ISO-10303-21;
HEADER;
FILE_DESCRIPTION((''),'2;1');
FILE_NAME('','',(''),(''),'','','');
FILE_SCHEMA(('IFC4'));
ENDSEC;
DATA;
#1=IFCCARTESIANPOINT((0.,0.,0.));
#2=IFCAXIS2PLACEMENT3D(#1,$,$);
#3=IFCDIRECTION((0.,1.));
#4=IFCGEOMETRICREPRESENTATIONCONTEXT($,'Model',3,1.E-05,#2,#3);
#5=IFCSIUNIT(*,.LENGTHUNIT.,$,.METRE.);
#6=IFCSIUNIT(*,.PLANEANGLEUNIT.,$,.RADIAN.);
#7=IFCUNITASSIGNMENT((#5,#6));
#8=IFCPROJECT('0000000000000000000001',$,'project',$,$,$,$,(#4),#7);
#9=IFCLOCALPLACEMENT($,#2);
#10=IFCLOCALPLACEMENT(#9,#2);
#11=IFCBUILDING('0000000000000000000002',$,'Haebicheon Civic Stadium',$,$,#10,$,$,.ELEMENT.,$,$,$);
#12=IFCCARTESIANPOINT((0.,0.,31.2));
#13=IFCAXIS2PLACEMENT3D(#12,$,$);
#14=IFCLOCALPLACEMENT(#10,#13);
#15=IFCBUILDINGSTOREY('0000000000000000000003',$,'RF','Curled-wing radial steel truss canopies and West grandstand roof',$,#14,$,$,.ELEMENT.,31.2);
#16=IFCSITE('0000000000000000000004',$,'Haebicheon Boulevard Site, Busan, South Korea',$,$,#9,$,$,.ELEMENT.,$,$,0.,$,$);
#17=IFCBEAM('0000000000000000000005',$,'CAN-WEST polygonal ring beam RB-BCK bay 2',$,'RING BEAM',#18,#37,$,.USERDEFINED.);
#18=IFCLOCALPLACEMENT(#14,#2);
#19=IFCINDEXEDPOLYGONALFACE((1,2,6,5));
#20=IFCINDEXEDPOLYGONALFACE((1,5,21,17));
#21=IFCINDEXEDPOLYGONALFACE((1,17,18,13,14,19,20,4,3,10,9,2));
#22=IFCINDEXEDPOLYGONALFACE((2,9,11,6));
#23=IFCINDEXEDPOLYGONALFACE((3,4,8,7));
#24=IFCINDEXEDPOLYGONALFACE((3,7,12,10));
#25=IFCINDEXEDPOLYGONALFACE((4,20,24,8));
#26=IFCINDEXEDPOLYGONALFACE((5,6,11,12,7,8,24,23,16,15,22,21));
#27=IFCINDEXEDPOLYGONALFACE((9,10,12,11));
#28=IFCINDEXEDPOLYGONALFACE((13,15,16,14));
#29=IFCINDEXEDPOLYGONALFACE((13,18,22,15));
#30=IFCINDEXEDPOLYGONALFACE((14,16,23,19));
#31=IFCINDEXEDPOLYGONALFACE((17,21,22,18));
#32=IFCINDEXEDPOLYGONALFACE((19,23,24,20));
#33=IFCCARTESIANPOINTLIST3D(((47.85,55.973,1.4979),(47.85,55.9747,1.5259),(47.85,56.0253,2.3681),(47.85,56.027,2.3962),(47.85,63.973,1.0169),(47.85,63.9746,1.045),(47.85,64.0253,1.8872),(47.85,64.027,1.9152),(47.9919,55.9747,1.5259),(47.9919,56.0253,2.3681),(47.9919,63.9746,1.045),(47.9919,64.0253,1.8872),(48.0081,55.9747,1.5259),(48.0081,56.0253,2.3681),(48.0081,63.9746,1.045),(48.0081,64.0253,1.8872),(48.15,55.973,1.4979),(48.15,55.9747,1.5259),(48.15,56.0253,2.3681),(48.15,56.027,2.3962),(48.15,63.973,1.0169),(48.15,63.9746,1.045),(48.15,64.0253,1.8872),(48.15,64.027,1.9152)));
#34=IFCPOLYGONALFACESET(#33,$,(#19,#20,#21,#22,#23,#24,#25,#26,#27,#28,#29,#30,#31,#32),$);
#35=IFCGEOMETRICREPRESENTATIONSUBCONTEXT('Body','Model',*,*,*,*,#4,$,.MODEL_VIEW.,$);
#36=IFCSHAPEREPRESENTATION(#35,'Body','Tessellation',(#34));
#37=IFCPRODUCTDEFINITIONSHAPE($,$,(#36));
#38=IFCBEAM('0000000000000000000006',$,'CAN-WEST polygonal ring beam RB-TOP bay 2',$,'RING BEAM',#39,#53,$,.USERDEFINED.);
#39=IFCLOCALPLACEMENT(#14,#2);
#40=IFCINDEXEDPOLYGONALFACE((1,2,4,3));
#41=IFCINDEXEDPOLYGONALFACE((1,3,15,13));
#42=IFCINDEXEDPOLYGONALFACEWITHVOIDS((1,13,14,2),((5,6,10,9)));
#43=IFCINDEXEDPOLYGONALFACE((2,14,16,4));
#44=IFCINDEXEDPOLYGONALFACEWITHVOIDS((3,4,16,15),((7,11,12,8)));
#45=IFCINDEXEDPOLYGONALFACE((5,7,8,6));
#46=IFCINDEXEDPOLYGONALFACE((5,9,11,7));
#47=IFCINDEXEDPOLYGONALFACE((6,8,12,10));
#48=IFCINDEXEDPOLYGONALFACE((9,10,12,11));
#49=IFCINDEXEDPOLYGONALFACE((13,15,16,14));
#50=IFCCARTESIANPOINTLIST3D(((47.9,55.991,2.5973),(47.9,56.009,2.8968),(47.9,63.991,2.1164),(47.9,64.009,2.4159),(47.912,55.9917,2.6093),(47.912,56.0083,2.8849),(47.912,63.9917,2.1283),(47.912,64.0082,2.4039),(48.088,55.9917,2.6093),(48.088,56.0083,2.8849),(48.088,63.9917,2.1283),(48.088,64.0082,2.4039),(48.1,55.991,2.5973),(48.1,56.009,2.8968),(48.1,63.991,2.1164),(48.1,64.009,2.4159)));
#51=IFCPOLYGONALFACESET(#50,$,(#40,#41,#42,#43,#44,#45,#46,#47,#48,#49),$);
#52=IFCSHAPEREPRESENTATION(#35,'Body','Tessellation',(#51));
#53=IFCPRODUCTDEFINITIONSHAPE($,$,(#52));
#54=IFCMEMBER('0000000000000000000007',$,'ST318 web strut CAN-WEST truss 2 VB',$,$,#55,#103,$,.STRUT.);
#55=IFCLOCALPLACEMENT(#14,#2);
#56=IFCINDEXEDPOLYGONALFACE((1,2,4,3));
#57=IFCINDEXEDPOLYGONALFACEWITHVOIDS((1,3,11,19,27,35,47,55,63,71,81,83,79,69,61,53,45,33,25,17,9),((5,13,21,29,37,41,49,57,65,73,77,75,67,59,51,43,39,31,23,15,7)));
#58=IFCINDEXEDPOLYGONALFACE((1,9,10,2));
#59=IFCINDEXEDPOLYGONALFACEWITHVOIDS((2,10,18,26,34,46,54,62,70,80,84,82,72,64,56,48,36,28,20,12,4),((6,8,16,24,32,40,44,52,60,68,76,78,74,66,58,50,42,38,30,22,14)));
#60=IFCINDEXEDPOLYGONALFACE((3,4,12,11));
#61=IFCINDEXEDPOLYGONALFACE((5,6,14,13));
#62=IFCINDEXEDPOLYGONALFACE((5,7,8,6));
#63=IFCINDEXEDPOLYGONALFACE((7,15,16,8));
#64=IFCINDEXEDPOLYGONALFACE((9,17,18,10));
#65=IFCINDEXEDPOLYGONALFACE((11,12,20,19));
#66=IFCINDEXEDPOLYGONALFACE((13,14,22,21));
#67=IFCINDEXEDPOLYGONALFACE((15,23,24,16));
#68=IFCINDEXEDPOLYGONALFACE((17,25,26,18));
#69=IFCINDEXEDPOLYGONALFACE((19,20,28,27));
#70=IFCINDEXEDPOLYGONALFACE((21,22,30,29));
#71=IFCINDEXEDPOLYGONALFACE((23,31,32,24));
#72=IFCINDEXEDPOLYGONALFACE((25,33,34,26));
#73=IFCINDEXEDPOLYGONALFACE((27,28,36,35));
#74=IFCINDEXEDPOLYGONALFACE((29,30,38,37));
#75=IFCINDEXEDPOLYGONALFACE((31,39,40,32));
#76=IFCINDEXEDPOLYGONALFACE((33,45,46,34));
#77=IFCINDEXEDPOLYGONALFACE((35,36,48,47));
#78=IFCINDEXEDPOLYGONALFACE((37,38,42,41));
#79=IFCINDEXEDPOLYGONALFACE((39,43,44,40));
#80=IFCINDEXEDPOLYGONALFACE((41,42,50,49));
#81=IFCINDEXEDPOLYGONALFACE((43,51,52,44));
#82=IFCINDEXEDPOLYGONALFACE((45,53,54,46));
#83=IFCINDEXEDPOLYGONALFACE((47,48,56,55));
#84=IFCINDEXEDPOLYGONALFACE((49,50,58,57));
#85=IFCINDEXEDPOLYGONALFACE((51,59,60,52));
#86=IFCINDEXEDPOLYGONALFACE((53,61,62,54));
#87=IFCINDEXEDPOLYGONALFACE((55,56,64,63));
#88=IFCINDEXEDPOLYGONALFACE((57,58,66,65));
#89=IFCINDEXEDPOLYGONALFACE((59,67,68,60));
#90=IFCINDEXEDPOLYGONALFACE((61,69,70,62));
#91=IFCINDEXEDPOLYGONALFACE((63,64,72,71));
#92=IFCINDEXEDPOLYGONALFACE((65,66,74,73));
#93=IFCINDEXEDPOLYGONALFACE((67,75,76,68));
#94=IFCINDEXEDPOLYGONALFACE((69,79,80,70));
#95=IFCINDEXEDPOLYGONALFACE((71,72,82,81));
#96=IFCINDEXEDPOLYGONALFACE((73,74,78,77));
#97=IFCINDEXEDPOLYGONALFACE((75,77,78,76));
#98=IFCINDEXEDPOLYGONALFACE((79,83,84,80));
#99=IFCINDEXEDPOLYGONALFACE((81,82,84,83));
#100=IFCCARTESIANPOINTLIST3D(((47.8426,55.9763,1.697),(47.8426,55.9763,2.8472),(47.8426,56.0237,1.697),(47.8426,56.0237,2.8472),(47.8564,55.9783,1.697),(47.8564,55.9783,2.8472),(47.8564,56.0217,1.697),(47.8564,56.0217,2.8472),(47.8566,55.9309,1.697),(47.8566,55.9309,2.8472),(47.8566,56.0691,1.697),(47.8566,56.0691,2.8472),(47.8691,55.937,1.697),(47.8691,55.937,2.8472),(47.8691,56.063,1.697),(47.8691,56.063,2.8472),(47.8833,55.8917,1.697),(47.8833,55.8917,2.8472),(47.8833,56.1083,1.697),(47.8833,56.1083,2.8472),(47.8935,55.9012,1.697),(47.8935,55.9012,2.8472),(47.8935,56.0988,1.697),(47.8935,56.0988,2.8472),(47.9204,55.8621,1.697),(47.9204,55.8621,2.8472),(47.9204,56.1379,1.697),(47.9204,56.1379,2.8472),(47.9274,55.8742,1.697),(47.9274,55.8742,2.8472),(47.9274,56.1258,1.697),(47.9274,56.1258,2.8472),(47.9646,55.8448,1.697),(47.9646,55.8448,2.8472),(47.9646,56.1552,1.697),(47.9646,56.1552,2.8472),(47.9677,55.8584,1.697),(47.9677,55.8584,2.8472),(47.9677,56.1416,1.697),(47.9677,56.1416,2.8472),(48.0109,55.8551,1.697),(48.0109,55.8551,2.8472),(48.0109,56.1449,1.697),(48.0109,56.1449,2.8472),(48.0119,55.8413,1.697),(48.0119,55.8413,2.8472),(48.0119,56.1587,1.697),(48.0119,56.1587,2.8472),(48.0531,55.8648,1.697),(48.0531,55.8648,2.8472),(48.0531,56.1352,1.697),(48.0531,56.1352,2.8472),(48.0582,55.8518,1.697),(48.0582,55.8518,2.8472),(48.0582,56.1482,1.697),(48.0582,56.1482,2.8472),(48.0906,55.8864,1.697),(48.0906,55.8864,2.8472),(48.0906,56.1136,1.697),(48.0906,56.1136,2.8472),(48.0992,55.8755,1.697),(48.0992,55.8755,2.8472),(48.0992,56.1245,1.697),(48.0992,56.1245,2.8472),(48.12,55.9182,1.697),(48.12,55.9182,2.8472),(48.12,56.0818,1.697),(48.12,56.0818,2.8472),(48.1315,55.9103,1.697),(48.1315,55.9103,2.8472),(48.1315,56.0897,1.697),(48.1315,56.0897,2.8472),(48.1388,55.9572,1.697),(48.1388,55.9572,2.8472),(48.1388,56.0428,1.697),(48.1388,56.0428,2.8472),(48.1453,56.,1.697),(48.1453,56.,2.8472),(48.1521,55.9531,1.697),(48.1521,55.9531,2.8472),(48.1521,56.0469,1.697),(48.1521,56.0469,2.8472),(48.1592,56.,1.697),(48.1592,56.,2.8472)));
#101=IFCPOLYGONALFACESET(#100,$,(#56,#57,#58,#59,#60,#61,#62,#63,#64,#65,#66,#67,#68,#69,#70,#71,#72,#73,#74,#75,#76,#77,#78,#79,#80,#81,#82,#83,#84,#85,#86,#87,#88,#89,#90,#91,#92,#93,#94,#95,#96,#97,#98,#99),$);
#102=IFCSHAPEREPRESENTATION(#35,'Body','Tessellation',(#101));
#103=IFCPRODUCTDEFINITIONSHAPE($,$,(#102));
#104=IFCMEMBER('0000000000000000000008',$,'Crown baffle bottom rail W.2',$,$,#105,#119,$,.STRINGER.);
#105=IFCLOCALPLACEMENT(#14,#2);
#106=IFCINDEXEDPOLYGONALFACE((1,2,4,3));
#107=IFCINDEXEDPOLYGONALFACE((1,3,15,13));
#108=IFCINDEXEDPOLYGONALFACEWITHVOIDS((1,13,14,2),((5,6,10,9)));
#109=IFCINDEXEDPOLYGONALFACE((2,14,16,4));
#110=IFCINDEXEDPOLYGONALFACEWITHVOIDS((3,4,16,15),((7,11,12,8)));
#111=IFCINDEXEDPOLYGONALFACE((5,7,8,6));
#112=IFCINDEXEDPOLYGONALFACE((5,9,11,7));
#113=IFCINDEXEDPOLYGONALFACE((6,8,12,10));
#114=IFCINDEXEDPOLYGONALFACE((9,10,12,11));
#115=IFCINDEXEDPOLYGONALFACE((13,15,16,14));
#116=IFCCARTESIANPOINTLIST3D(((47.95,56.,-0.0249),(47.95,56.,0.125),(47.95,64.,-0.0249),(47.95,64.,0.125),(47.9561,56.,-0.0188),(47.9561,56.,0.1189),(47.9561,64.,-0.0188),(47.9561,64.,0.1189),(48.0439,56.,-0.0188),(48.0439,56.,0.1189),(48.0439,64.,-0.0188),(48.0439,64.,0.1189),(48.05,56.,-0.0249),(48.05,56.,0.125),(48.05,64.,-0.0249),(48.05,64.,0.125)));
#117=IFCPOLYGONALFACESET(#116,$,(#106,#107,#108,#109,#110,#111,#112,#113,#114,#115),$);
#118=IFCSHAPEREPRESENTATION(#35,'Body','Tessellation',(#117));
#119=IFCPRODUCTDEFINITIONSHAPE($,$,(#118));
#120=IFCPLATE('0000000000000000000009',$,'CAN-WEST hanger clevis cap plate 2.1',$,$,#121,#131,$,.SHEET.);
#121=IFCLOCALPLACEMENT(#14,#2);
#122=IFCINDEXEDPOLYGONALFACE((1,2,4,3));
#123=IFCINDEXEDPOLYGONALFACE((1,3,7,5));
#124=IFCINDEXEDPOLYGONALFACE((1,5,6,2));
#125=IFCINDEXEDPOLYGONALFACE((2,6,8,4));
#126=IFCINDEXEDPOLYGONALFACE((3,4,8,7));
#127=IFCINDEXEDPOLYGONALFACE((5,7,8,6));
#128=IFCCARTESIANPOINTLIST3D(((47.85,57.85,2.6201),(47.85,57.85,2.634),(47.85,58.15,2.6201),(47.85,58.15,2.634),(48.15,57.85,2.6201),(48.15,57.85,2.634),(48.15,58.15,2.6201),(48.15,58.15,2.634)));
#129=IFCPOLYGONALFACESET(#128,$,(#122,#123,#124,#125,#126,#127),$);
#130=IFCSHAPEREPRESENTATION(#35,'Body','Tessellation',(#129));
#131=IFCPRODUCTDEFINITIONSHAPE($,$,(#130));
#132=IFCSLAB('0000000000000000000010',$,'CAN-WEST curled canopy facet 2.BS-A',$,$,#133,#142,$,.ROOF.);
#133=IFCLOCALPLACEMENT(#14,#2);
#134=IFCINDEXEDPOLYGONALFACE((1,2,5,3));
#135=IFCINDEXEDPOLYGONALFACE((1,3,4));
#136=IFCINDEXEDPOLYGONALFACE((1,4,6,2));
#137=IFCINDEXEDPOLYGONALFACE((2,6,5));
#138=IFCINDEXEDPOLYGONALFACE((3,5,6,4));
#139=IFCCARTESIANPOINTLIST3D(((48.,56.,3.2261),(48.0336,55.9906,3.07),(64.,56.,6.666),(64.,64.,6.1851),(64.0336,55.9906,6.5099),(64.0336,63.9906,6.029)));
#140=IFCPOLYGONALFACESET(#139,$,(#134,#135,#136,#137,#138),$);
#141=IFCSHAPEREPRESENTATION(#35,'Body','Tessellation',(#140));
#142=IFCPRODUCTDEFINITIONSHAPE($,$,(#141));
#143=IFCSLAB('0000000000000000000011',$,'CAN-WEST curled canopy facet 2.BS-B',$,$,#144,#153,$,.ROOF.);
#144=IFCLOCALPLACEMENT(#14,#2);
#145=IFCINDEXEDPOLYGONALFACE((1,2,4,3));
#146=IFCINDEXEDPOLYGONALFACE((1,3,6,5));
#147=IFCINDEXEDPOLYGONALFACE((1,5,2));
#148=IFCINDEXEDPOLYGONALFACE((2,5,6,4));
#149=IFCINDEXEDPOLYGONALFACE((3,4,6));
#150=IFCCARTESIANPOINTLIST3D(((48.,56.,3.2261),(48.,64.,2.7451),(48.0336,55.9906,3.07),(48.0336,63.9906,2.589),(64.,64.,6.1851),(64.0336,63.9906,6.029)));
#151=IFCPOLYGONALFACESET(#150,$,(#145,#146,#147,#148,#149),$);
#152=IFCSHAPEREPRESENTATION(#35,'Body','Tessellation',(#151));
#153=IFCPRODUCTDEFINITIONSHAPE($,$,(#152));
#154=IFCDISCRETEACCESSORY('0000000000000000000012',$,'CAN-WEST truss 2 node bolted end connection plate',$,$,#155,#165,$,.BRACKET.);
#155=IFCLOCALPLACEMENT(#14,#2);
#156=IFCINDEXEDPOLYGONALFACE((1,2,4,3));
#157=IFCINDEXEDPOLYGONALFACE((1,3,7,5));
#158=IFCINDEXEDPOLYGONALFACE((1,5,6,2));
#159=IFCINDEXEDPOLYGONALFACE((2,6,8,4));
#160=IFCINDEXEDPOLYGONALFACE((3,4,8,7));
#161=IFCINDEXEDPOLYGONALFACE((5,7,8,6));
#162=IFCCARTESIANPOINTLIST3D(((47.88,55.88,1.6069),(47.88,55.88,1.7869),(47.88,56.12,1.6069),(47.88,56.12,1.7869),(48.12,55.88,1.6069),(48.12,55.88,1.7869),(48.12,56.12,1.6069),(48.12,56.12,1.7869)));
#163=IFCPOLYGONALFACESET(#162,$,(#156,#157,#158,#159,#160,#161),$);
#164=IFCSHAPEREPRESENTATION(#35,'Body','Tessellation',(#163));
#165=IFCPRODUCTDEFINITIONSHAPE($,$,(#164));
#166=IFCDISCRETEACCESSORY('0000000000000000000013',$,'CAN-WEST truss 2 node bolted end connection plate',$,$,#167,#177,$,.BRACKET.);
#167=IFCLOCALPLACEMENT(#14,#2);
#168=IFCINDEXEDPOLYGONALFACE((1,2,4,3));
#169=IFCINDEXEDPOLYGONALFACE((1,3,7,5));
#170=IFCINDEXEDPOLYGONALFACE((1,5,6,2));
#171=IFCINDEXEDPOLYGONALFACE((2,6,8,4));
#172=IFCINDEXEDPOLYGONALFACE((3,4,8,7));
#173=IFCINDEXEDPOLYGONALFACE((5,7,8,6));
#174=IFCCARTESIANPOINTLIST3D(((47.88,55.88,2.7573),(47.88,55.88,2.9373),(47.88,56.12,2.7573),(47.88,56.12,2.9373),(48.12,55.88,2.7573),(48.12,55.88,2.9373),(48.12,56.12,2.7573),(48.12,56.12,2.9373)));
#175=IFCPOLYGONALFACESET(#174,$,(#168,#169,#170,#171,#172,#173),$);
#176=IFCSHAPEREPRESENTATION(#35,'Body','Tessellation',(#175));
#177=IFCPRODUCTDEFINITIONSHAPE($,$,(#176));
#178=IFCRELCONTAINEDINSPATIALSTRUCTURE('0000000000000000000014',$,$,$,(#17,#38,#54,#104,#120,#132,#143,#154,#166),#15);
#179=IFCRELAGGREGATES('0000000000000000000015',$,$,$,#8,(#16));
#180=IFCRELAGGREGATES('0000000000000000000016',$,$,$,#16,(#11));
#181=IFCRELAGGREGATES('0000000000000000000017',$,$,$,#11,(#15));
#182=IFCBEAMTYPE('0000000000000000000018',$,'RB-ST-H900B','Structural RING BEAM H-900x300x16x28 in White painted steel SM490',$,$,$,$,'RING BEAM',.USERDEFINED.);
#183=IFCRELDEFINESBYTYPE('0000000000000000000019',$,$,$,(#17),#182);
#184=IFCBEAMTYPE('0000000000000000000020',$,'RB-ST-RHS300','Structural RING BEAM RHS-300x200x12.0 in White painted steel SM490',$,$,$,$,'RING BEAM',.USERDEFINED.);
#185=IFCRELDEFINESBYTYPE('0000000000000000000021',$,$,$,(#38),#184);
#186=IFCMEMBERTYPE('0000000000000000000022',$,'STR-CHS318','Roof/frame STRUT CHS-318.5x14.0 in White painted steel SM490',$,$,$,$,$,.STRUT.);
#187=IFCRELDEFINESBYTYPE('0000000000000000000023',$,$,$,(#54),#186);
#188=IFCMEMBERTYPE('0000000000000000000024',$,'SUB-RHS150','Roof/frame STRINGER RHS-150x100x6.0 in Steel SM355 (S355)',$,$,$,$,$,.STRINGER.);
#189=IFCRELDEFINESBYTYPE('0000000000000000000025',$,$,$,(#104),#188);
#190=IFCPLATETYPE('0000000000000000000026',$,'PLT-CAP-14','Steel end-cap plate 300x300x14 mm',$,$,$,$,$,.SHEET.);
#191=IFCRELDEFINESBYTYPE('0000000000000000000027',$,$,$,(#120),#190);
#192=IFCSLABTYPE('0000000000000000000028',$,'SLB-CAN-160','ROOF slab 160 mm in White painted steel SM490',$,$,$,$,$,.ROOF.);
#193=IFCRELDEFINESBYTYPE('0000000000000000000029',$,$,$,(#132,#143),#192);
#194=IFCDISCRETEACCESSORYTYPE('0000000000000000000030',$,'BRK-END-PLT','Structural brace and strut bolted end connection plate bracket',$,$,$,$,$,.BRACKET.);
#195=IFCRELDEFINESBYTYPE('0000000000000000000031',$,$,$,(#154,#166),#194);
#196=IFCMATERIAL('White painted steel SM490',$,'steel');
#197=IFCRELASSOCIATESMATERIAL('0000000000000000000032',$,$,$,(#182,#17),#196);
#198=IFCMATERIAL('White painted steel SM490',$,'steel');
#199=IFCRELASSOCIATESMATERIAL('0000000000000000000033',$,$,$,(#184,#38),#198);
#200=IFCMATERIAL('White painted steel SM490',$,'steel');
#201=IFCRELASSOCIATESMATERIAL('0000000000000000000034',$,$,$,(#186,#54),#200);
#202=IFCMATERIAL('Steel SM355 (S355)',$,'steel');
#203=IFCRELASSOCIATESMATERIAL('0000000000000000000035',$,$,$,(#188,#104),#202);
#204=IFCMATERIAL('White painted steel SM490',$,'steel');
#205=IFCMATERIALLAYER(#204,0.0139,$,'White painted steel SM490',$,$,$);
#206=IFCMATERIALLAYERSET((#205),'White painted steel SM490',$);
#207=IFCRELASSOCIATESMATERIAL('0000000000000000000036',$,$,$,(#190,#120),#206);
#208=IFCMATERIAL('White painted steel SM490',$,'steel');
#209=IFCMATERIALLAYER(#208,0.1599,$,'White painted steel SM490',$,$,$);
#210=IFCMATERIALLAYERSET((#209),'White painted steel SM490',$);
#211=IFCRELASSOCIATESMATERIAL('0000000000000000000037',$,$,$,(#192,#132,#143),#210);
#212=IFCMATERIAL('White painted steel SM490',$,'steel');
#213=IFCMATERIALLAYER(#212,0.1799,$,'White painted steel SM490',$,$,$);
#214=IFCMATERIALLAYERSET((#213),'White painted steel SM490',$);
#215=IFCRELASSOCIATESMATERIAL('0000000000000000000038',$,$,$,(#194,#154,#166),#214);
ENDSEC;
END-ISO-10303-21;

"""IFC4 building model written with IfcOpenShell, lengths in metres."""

from ifc_helpers import new_model, si_unit, direction, frame, origin, origin_2d, place, context, subcontext, project, spatial, polyline, rectangle, hollow_rectangle, hollow_circle, i_section, outline, extrude, material, layer, layer_set, material_profile, profile_set, type_object, element, save


model = new_model("IFC4")

# Units and contexts
model_context = context("Model", 3, precision=1e-05, world=origin(), true_north=direction((0.0, 1.0)))
body_context = subcontext(model_context, "Body", "Model", "MODEL_VIEW")
ifc_project = project(units=[si_unit("LENGTHUNIT", "METRE"), si_unit("PLANEANGLEUNIT", "RADIAN")], contexts=[model_context])

# Site, building, storey
site_placement = place(None, origin())
site = spatial("IfcSite", under=ifc_project, at=site_placement, Name="Haebicheon Boulevard Site, Busan, South Korea", CompositionType="ELEMENT", RefElevation=0.0)
building_placement = place(site_placement, origin())
building = spatial("IfcBuilding", under=site, at=building_placement, Name="Haebicheon Civic Stadium", CompositionType="ELEMENT")
storey_placement = place(building_placement, frame((0.0, 0.0, 31.2)))
storey = spatial("IfcBuildingStorey", under=building, at=storey_placement, Name="RF", Description="Curled-wing radial steel truss canopies and West grandstand roof", CompositionType="ELEMENT", Elevation=31.2)

# Beams
ifc_material_1 = material(Name="White painted steel SM490", Category="steel")
ifc_material_profile_1 = material_profile(ifc_material_1, i_section(OverallWidth=0.3, OverallDepth=0.8999, WebThickness=0.0161, FlangeThickness=0.0281, at=origin_2d()), Name="H-900x300x16x28")
ifc_profile_set_1 = profile_set([ifc_material_profile_1], Name="White painted steel SM490")
beam_type_1 = type_object("IfcBeamType", Name="RB-ST-H900B", Description="Structural RING BEAM H-900x300x16x28 in White painted steel SM490", ElementType="RING BEAM", PredefinedType="USERDEFINED", material=ifc_profile_set_1)
beam_1_placement = place(storey_placement, frame((48.0, 56.0, 1.947), z_axis=(0.0, 0.998198, -0.060011), x_axis=(-1.0, 0.0, 0.0)))
element("IfcBeam", 1, at=beam_1_placement, inside=storey, type_object=beam_type_1, material=ifc_profile_set_1, Name="CAN-WEST polygonal ring beam RB-BCK bay 2", ObjectType="RING BEAM", PredefinedType="USERDEFINED", context=body_context, shape_type="SweptSolid", body=[
    extrude(i_section(OverallWidth=0.3, OverallDepth=0.8999, WebThickness=0.0161, FlangeThickness=0.0281, at=origin_2d()), origin(), (0.0, 0.0, 1.0), 8.0144),
])
ifc_material_2 = material(Name="White painted steel SM490", Category="steel")
ifc_material_profile_2 = material_profile(ifc_material_2, hollow_rectangle(XDim=0.2, YDim=0.3, WallThickness=0.012, at=origin_2d()), Name="RHS-300x200x12.0")
ifc_profile_set_2 = profile_set([ifc_material_profile_2], Name="White painted steel SM490")
beam_type_2 = type_object("IfcBeamType", Name="RB-ST-RHS300", Description="Structural RING BEAM RHS-300x200x12.0 in White painted steel SM490", ElementType="RING BEAM", PredefinedType="USERDEFINED", material=ifc_profile_set_2)
beam_2_placement = place(storey_placement, frame((48.0, 56.0, 2.7471), z_axis=(0.0, 0.998198, -0.060011), x_axis=(-1.0, 0.0, 0.0)))
element("IfcBeam", 2, at=beam_2_placement, inside=storey, type_object=beam_type_2, material=ifc_profile_set_2, Name="CAN-WEST polygonal ring beam RB-TOP bay 2", ObjectType="RING BEAM", PredefinedType="USERDEFINED", context=body_context, shape_type="SweptSolid", body=[
    extrude(hollow_rectangle(XDim=0.2, YDim=0.3, WallThickness=0.012, at=origin_2d()), origin(), (0.0, 0.0, 1.0), 8.0144),
])

# Members
ifc_material_3 = material(Name="White painted steel SM490", Category="steel")
ifc_material_profile_3 = material_profile(ifc_material_3, hollow_circle(Radius=0.1592, WallThickness=0.0139, at=origin_2d()), Name="CHS-318.5x14.0")
ifc_profile_set_3 = profile_set([ifc_material_profile_3], Name="White painted steel SM490")
member_type_1 = type_object("IfcMemberType", Name="STR-CHS318", Description="Roof/frame STRUT CHS-318.5x14.0 in White painted steel SM490", PredefinedType="STRUT", material=ifc_profile_set_3)
member_1_placement = place(storey_placement, frame((48.0, 56.0, 1.697), z_axis=(0.0, 0.0, 1.0), x_axis=(1.0, 0.0, 0.0)))
element("IfcMember", 3, at=member_1_placement, inside=storey, type_object=member_type_1, material=ifc_profile_set_3, Name="ST318 web strut CAN-WEST truss 2 VB", PredefinedType="STRUT", context=body_context, shape_type="SweptSolid", body=[
    extrude(hollow_circle(Radius=0.1592, WallThickness=0.0139, at=origin_2d()), origin(), (0.0, 0.0, 1.0), 1.1501),
])
ifc_material_4 = material(Name="Steel SM355 (S355)", Category="steel")
ifc_material_profile_4 = material_profile(ifc_material_4, hollow_rectangle(XDim=0.1001, YDim=0.1499, WallThickness=0.0061, at=origin_2d()), Name="RHS-150x100x6.0")
ifc_profile_set_4 = profile_set([ifc_material_profile_4], Name="Steel SM355 (S355)")
member_type_2 = type_object("IfcMemberType", Name="SUB-RHS150", Description="Roof/frame STRINGER RHS-150x100x6.0 in Steel SM355 (S355)", PredefinedType="STRINGER", material=ifc_profile_set_4)
member_2_placement = place(storey_placement, frame((48.0, 56.0, 0.05), z_axis=(0.0, 1.0, 0.0), x_axis=(-1.0, 0.0, 0.0)))
element("IfcMember", 4, at=member_2_placement, inside=storey, type_object=member_type_2, material=ifc_profile_set_4, Name="Crown baffle bottom rail W.2", PredefinedType="STRINGER", context=body_context, shape_type="SweptSolid", body=[
    extrude(hollow_rectangle(XDim=0.1001, YDim=0.1499, WallThickness=0.0061, at=origin_2d()), origin(), (0.0, 0.0, 1.0), 8.0),
])

# Plate
ifc_material_5 = material(Name="White painted steel SM490", Category="steel")
ifc_layer_1 = layer(ifc_material_5, 0.0139, Name="White painted steel SM490")
ifc_layer_set_1 = layer_set([ifc_layer_1], Name="White painted steel SM490")
plate_type = type_object("IfcPlateType", Name="PLT-CAP-14", Description="Steel end-cap plate 300x300x14 mm", PredefinedType="SHEET", material=ifc_layer_set_1)
plate_placement = place(storey_placement, frame((48.0, 58.0, 2.6201), z_axis=(0.0, 0.0, 1.0), x_axis=(1.0, 0.0, 0.0)))
element("IfcPlate", 5, at=plate_placement, inside=storey, type_object=plate_type, material=ifc_layer_set_1, Name="CAN-WEST hanger clevis cap plate 2.1", PredefinedType="SHEET", context=body_context, shape_type="SweptSolid", body=[
    extrude(rectangle(XDim=0.3, YDim=0.3, at=origin_2d()), origin(), (0.0, 0.0, 1.0), 0.0139),
])

# Slabs
ifc_material_6 = material(Name="White painted steel SM490", Category="steel")
ifc_layer_2 = layer(ifc_material_6, 0.1599, Name="White painted steel SM490")
ifc_layer_set_2 = layer_set([ifc_layer_2], Name="White painted steel SM490")
slab_type = type_object("IfcSlabType", Name="SLB-CAN-160", Description="ROOF slab 160 mm in White painted steel SM490", PredefinedType="ROOF", material=ifc_layer_set_2)
slab_1_placement = place(storey_placement, frame((48.0, 56.0, 3.2261), z_axis=(-0.209831, 0.058675, 0.975975), x_axis=(0.97766, 0.0, 0.210193)))
element("IfcSlab", 6, at=slab_1_placement, inside=storey, type_object=slab_type, material=ifc_layer_set_2, Name="CAN-WEST curled canopy facet 2.BS-A", PredefinedType="ROOF", context=body_context, shape_type="SweptSolid", body=[
    extrude(outline(polyline([(0.0, 0.0), (16.3656, 0.0), (16.2645, 8.0138), (0.0, 0.0)])), origin(), (0.0, 0.0, -1.0), 0.1599),
])
slab_2_placement = place(storey_placement, frame((48.0, 56.0, 3.2261), z_axis=(-0.209831, 0.058675, 0.975975), x_axis=(0.882436, 0.441218, 0.163195)))
element("IfcSlab", 7, at=slab_2_placement, inside=storey, type_object=slab_type, material=ifc_layer_set_2, Name="CAN-WEST curled canopy facet 2.BS-B", PredefinedType="ROOF", context=body_context, shape_type="SweptSolid", body=[
    extrude(outline(polyline([(0.0, 0.0), (18.1316, 0.0), (3.4513, 7.2333), (0.0, 0.0)])), origin(), (0.0, 0.0, -1.0), 0.1599),
])

# Discrete accessories
ifc_material_7 = material(Name="White painted steel SM490", Category="steel")
ifc_layer_3 = layer(ifc_material_7, 0.1799, Name="White painted steel SM490")
ifc_layer_set_3 = layer_set([ifc_layer_3], Name="White painted steel SM490")
discrete_accessory_type = type_object("IfcDiscreteAccessoryType", Name="BRK-END-PLT", Description="Structural brace and strut bolted end connection plate bracket", PredefinedType="BRACKET", material=ifc_layer_set_3)
for number, where, z_axis, x_axis, name in (
    (8, (48.0, 56.0, 1.6069), (0.0, 0.0, 1.0), (1.0, 0.0, 0.0), "CAN-WEST truss 2 node bolted end connection plate"),
    (9, (48.0, 56.0, 2.7573), (0.0, 0.0, 1.0), (1.0, 0.0, 0.0), "CAN-WEST truss 2 node bolted end connection plate"),
):
    element("IfcDiscreteAccessory", number, at=place(storey_placement, frame(where, z_axis=z_axis, x_axis=x_axis)), inside=storey, type_object=discrete_accessory_type, material=ifc_layer_set_3, Name=name, PredefinedType="BRACKET", context=body_context, shape_type="SweptSolid", body=[
        extrude(rectangle(XDim=0.24, YDim=0.24, at=origin_2d()), origin(), (0.0, 0.0, 1.0), 0.1799),
    ])

save(model, "model.ifc")
